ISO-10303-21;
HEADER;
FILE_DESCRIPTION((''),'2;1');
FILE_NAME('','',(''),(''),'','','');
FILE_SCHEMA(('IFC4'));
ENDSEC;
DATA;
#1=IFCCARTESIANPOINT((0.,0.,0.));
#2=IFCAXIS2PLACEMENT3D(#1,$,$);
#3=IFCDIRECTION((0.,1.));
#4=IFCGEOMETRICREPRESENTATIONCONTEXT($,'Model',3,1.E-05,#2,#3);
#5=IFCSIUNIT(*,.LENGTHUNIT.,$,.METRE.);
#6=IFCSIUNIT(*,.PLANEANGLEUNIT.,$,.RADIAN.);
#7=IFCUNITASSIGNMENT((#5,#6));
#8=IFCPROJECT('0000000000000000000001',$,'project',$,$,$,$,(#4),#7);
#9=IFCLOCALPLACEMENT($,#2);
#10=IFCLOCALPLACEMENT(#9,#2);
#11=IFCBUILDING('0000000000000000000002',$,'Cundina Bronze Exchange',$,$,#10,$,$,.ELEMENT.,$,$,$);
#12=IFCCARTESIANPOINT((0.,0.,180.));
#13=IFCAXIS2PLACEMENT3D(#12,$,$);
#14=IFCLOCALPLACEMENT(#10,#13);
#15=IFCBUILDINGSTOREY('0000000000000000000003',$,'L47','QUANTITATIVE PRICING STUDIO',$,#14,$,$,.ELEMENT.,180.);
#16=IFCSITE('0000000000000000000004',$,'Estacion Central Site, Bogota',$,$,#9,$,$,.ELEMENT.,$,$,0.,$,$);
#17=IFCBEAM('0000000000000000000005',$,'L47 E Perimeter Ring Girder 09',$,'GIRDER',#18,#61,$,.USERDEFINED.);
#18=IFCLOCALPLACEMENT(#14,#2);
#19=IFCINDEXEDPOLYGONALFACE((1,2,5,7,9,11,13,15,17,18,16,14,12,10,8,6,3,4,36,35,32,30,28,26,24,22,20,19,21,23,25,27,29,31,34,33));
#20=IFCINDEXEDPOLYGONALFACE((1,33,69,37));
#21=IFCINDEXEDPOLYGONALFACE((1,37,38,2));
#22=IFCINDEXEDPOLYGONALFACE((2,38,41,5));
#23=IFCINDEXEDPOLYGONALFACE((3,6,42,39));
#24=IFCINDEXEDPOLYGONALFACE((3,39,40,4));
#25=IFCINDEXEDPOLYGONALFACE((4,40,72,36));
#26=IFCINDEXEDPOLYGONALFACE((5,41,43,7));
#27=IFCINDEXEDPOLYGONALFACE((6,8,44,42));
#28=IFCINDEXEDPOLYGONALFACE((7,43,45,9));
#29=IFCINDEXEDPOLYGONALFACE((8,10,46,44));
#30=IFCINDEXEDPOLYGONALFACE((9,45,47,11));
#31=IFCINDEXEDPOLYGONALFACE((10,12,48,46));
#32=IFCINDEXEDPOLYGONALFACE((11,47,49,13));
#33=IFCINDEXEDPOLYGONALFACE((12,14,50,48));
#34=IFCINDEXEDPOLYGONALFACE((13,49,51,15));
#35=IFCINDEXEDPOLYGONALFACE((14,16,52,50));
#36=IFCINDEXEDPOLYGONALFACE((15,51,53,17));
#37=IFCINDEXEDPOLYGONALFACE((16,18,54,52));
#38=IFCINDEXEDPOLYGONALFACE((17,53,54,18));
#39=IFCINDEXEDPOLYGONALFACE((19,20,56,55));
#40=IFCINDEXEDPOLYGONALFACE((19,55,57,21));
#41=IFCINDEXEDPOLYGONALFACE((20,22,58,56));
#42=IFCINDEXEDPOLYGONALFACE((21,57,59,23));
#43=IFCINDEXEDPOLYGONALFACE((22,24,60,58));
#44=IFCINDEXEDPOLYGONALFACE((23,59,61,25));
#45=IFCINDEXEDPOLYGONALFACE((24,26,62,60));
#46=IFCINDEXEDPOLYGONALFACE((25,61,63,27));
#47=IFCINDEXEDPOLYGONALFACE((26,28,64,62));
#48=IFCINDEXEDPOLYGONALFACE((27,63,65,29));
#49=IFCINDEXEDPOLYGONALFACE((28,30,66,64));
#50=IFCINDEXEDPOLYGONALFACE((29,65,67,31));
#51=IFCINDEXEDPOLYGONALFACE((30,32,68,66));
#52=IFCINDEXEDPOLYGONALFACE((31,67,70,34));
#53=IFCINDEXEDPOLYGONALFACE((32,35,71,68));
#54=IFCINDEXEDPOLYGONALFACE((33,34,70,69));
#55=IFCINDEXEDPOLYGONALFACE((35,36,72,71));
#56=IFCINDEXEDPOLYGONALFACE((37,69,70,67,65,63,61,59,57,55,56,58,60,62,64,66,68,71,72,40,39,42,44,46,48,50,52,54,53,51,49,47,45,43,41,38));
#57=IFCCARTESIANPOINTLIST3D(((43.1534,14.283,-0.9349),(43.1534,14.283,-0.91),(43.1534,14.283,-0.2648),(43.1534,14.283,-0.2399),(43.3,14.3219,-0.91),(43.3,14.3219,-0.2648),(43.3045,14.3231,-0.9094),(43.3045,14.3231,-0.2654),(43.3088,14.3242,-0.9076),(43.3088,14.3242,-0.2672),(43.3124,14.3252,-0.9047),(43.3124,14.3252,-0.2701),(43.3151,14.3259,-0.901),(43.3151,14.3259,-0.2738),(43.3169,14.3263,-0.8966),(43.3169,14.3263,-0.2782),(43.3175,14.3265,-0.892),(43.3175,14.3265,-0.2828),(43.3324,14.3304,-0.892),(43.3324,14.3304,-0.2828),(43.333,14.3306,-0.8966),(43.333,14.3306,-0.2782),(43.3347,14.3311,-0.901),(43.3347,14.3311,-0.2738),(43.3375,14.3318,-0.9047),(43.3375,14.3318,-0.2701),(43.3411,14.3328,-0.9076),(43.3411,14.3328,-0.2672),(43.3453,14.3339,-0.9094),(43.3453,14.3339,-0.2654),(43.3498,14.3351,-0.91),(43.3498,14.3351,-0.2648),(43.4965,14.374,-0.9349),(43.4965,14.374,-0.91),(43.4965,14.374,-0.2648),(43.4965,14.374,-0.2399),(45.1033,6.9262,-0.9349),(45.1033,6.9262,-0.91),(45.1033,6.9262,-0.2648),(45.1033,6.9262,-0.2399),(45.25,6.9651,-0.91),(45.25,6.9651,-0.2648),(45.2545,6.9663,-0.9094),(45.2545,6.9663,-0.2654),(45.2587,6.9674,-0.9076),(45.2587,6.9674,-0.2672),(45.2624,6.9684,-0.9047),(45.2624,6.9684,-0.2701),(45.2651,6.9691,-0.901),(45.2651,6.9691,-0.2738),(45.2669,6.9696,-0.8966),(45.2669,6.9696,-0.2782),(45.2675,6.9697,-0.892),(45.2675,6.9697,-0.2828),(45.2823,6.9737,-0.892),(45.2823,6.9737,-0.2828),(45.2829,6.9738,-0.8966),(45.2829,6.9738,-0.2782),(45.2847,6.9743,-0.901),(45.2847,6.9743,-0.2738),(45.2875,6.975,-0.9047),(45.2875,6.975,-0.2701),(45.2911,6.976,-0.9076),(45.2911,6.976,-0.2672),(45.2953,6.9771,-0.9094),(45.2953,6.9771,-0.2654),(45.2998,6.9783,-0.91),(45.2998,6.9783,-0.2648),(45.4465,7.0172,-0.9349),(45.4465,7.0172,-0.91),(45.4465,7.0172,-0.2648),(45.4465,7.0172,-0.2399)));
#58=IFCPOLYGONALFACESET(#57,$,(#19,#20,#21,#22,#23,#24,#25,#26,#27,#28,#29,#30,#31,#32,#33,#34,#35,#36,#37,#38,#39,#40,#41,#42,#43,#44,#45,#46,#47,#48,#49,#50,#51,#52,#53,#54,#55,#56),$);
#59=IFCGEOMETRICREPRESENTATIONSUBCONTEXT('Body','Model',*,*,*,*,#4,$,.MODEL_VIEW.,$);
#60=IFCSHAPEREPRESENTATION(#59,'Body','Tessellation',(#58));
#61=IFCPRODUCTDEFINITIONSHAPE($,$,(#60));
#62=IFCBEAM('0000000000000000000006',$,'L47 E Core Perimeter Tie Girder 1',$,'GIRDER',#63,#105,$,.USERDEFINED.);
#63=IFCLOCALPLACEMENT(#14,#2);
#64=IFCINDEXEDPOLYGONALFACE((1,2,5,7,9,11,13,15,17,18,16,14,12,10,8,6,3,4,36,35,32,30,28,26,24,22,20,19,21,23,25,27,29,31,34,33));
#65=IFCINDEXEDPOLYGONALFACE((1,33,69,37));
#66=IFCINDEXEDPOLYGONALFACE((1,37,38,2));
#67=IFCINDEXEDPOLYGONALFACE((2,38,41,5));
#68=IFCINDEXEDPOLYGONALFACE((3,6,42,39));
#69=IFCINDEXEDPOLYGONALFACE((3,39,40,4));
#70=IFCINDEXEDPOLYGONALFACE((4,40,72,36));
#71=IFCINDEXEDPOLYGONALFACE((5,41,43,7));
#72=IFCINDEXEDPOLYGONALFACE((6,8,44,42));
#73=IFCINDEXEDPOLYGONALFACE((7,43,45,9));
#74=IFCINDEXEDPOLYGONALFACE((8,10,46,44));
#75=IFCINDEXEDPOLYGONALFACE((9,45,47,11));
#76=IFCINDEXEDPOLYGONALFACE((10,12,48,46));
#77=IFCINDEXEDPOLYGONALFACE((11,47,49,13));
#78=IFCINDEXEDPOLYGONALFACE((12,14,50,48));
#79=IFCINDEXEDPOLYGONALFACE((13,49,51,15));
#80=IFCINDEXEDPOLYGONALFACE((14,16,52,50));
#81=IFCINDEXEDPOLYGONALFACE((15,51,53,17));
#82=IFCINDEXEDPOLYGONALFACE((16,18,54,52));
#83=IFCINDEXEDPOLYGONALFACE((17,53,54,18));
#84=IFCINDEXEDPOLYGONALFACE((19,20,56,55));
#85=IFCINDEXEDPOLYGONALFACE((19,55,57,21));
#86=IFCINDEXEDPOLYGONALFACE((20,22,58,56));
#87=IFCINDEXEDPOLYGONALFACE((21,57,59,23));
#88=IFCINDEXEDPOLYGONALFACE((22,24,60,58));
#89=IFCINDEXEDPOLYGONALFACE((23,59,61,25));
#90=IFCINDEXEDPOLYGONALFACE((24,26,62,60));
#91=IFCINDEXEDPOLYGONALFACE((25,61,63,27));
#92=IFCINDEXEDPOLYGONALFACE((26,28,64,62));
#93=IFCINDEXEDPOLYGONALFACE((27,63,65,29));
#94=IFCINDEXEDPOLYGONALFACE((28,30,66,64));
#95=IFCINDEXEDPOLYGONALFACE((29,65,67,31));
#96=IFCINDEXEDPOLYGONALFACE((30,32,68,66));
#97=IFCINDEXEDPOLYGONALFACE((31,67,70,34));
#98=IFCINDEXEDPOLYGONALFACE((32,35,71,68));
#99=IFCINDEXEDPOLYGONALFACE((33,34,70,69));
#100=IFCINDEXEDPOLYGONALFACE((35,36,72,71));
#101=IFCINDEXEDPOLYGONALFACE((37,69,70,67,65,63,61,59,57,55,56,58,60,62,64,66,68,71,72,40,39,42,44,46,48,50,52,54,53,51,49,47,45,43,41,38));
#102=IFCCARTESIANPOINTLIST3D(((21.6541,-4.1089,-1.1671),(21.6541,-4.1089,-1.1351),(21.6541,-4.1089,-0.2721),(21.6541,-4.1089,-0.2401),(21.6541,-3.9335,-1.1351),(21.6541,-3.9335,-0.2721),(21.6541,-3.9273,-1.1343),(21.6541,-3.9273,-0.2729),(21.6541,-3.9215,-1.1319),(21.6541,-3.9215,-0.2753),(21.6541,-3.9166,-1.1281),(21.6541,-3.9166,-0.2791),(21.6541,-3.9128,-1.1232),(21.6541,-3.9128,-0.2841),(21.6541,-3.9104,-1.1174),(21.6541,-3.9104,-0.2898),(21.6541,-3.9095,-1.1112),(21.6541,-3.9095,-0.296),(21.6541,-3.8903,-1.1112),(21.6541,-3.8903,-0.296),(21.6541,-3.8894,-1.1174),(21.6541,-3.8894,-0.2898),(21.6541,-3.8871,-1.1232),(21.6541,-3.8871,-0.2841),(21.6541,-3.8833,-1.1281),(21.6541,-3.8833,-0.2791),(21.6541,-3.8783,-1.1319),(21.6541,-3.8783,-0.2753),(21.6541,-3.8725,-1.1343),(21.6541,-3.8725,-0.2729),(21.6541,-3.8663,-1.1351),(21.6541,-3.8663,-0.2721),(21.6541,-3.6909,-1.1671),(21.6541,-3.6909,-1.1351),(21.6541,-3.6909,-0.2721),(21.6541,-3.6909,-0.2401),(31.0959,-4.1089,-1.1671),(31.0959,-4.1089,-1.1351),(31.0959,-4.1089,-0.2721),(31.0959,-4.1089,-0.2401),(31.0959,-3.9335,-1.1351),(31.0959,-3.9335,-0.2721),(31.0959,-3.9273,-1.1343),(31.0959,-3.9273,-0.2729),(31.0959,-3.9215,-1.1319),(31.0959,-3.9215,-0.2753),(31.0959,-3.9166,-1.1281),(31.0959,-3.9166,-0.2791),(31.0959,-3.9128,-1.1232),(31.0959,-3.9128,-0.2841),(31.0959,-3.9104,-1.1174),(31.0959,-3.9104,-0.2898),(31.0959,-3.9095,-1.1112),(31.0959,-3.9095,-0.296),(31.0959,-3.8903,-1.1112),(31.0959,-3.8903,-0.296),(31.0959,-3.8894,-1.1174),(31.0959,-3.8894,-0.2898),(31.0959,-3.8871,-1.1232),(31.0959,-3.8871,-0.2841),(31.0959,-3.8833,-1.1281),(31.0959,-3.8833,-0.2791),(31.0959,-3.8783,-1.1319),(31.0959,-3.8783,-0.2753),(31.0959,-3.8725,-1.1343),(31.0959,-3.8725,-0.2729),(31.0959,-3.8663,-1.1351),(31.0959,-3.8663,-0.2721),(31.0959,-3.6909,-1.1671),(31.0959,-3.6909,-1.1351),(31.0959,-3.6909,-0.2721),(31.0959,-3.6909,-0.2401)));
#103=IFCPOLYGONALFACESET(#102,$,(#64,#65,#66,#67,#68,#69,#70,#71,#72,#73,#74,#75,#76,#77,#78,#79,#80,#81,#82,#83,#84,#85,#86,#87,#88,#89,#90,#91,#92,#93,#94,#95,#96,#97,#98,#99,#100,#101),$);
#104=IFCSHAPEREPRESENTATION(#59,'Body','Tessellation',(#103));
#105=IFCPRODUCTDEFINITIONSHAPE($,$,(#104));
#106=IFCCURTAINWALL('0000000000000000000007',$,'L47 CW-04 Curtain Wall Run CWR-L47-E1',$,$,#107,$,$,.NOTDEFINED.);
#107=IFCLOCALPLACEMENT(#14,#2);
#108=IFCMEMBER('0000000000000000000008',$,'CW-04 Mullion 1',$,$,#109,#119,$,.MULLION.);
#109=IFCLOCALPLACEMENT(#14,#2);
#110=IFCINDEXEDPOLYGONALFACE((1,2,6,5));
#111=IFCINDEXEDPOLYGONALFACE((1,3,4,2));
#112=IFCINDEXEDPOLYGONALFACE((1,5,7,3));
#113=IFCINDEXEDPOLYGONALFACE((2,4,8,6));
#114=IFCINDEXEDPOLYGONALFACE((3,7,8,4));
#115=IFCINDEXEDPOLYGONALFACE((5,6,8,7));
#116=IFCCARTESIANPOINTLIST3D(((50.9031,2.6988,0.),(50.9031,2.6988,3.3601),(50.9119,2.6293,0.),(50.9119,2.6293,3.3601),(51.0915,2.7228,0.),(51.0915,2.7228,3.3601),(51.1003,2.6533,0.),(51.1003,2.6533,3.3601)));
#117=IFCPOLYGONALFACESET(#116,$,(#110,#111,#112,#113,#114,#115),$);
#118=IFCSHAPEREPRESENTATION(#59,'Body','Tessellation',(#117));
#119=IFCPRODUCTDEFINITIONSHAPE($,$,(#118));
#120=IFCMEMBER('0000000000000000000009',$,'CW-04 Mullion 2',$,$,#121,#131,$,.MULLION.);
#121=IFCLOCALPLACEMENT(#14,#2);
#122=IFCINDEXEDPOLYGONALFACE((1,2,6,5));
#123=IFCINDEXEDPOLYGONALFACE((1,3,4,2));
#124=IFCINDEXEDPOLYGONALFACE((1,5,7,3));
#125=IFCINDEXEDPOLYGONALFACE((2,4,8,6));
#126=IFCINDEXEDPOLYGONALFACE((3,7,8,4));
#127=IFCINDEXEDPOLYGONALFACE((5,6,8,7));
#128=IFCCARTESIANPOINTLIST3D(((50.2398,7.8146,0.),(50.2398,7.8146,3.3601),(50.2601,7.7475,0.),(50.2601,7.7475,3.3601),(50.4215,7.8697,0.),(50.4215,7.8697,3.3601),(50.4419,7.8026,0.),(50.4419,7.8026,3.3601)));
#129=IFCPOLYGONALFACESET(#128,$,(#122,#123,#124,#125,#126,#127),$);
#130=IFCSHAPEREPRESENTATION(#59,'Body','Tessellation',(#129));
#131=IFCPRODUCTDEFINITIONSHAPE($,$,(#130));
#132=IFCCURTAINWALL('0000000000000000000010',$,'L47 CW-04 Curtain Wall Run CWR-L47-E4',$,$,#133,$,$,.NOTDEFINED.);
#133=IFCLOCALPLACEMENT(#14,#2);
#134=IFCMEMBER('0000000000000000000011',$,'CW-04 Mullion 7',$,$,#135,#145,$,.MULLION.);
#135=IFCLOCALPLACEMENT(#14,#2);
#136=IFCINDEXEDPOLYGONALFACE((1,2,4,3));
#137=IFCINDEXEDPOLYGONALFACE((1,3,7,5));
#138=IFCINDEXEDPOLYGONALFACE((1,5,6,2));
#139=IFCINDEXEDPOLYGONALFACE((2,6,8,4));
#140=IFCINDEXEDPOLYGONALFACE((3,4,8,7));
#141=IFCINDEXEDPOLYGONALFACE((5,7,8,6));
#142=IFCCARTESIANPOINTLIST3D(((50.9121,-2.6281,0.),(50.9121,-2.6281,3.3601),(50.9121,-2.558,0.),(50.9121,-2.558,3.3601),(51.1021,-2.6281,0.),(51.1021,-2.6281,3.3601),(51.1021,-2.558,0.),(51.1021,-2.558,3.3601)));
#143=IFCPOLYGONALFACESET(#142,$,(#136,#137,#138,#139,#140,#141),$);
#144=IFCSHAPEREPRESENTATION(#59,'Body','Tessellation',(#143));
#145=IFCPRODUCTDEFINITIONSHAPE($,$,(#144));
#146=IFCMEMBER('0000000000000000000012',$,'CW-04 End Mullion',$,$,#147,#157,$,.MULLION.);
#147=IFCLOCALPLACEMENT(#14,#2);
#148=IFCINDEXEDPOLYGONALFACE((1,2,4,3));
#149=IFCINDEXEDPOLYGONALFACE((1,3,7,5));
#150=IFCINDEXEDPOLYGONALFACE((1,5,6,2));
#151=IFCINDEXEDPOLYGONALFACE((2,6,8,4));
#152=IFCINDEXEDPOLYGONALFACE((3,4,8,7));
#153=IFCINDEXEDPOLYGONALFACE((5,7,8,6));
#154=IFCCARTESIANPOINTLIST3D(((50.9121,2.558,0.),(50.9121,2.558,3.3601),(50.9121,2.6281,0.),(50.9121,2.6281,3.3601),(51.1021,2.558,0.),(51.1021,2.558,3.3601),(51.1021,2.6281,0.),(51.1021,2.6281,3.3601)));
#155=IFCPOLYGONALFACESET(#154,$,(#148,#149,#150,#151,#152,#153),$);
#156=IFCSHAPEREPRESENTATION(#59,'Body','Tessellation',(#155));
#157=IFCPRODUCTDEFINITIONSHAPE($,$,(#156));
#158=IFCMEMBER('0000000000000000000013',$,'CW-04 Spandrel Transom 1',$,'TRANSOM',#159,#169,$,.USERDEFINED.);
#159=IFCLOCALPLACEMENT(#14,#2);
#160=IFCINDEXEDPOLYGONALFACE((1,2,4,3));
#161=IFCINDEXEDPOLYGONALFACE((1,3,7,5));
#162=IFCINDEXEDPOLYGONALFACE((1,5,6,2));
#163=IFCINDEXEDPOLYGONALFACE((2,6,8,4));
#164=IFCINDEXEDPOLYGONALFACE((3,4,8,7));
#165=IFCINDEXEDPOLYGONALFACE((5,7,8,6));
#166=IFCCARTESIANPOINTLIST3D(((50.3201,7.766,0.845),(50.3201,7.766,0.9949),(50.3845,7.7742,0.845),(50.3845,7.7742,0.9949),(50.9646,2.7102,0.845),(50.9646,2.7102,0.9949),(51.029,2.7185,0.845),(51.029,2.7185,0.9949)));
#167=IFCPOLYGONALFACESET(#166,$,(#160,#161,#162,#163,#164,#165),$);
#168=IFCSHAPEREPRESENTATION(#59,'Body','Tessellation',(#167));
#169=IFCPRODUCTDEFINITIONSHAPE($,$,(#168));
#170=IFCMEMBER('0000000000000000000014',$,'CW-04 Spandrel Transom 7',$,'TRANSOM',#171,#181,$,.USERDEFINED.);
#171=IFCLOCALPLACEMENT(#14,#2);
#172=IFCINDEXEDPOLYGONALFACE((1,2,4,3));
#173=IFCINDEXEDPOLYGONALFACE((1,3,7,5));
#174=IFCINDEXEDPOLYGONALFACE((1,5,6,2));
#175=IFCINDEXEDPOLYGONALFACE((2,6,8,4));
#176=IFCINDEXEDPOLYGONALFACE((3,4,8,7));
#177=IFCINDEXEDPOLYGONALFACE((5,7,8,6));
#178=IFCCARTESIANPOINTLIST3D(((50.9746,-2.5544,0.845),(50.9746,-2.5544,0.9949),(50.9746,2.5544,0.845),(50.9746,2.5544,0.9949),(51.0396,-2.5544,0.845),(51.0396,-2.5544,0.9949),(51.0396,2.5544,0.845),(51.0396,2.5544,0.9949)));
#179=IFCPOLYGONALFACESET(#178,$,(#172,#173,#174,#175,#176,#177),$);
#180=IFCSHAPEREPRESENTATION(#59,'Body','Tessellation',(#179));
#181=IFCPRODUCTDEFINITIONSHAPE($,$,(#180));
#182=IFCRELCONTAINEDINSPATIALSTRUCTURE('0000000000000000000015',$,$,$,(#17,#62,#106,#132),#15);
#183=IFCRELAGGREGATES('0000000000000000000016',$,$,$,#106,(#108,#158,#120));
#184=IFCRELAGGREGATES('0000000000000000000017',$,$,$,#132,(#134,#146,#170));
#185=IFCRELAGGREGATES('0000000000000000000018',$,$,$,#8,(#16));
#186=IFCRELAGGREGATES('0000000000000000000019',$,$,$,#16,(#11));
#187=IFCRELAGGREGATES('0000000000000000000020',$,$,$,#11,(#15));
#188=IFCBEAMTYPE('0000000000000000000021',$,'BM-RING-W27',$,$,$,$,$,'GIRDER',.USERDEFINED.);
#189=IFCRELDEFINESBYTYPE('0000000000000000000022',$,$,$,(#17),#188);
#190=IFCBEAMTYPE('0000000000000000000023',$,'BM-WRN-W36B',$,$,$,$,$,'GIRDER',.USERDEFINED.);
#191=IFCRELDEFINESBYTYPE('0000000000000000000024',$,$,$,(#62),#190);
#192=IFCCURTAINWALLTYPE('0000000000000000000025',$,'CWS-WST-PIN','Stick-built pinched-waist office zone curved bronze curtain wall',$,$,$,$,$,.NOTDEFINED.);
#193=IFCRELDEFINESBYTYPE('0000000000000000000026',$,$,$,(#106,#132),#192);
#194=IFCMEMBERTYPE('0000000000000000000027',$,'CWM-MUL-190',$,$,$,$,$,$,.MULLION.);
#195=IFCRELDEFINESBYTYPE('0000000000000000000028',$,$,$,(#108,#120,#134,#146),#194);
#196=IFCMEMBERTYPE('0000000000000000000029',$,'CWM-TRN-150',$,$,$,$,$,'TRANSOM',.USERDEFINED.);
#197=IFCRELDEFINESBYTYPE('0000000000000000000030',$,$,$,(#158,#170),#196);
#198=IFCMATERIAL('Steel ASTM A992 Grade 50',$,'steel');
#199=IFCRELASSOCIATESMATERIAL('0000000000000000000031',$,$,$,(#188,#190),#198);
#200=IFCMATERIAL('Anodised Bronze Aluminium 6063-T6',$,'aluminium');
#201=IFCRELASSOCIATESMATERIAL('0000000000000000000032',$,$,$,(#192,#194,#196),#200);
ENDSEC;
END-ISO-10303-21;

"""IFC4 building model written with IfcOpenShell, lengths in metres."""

from ifc_helpers import new_model, si_unit, direction, frame, origin, origin_2d, place, context, subcontext, project, spatial, rectangle, i_section, extrude, material, material_profile, profile_set, type_object, element, aggregate, save


model = new_model("IFC4")

# Units and contexts
model_context = context("Model", 3, precision=1e-05, world=origin(), true_north=direction((0.0, 1.0)))
body_context = subcontext(model_context, "Body", "Model", "MODEL_VIEW")
ifc_project = project(units=[si_unit("LENGTHUNIT", "METRE"), si_unit("PLANEANGLEUNIT", "RADIAN")], contexts=[model_context])

# Site, building, storey
site_placement = place(None, origin())
site = spatial("IfcSite", under=ifc_project, at=site_placement, Name="Estacion Central Site, Bogota", CompositionType="ELEMENT", RefElevation=0.0)
building_placement = place(site_placement, origin())
building = spatial("IfcBuilding", under=site, at=building_placement, Name="Cundina Bronze Exchange", CompositionType="ELEMENT")
storey_placement = place(building_placement, frame((0.0, 0.0, 180.0)))
storey = spatial("IfcBuildingStorey", under=building, at=storey_placement, Name="L47", Description="QUANTITATIVE PRICING STUDIO", CompositionType="ELEMENT", Elevation=180.0)

# Shared definitions
ifc_material_1 = material(Name="Steel ASTM A992 Grade 50", Category="steel")

# Beams
ifc_material_profile_1 = material_profile(ifc_material_1, i_section(OverallWidth=0.355, OverallDepth=0.6951, WebThickness=0.0154, FlangeThickness=0.0249, FilletRadius=0.0181, at=origin_2d()), Name="W27X146", Category="steel")
ifc_profile_set_1 = profile_set([ifc_material_profile_1], Name="Steel ASTM A992 Grade 50")
beam_type_1 = type_object("IfcBeamType", Name="BM-RING-W27", ElementType="GIRDER", PredefinedType="USERDEFINED", material=ifc_profile_set_1)
for number, where, z_axis, x_axis, name in (
    (1, (45.2749, 6.9717, -0.5874), (-0.256211, 0.966621, 0.0), (-0.966621, -0.256211, 0.0), "L47 E Perimeter Ring Girder 09"),
):
    element("IfcBeam", number, at=place(storey_placement, frame(where, z_axis=z_axis, x_axis=x_axis)), inside=storey, type_object=beam_type_1, Name=name, ObjectType="GIRDER", PredefinedType="USERDEFINED", context=body_context, shape_type="SweptSolid", body=[
        extrude(i_section(OverallWidth=0.355, OverallDepth=0.6951, WebThickness=0.0154, FlangeThickness=0.0249, FilletRadius=0.0181, at=origin_2d()), origin(), (0.0, 0.0, 1.0), 7.6108),
    ])
ifc_material_profile_2 = material_profile(ifc_material_1, i_section(OverallWidth=0.418, OverallDepth=0.927, WebThickness=0.0193, FlangeThickness=0.032, FilletRadius=0.0239, at=origin_2d()), Name="W36X231", Category="steel")
ifc_profile_set_2 = profile_set([ifc_material_profile_2], Name="Steel ASTM A992 Grade 50")
beam_type_2 = type_object("IfcBeamType", Name="BM-WRN-W36B", ElementType="GIRDER", PredefinedType="USERDEFINED", material=ifc_profile_set_2)
beam_1_placement = place(storey_placement, frame((31.0959, -3.8999, -0.7036), z_axis=(-1.0, 0.0, 0.0), x_axis=(0.0, -1.0, 0.0)))
element("IfcBeam", 2, at=beam_1_placement, inside=storey, type_object=beam_type_2, Name="L47 E Core Perimeter Tie Girder 1", ObjectType="GIRDER", PredefinedType="USERDEFINED", context=body_context, shape_type="SweptSolid", body=[
    extrude(i_section(OverallWidth=0.418, OverallDepth=0.927, WebThickness=0.0193, FlangeThickness=0.032, FilletRadius=0.0239, at=origin_2d()), origin(), (0.0, 0.0, 1.0), 9.4419),
])

# Curtain walls, members
ifc_material_2 = material(Name="Anodised Bronze Aluminium 6063-T6", Category="aluminium")
curtain_wall_type = type_object("IfcCurtainWallType", Name="CWS-WST-PIN", Description="Stick-built pinched-waist office zone curved bronze curtain wall", PredefinedType="NOTDEFINED", material=ifc_material_2)
curtain_wall_1_placement = place(storey_placement, origin())
curtain_wall_1 = element("IfcCurtainWall", 3, at=curtain_wall_1_placement, inside=storey, type_object=curtain_wall_type, Name="L47 CW-04 Curtain Wall Run CWR-L47-E1", PredefinedType="NOTDEFINED")
ifc_material_profile_3 = material_profile(ifc_material_2, rectangle(XDim=0.0701, YDim=0.1899, at=origin_2d()), Name="AL70X190", Category="aluminium")
ifc_profile_set_3 = profile_set([ifc_material_profile_3], Name="Anodised Bronze Aluminium 6063-T6")
member_type_1 = type_object("IfcMemberType", Name="CWM-MUL-190", PredefinedType="MULLION", material=ifc_profile_set_3)
member_1_placement = place(storey_placement, frame((51.0017, 2.676, 0.0), z_axis=(0.0, 0.0, 1.0), x_axis=(-0.126545, 0.991961, 0.0)))
member_1 = element("IfcMember", 4, at=member_1_placement, type_object=member_type_1, Name="CW-04 Mullion 1", PredefinedType="MULLION", context=body_context, shape_type="SweptSolid", body=[
    extrude(rectangle(XDim=0.0701, YDim=0.1899, at=origin_2d()), origin(), (0.0, 0.0, 1.0), 3.3601),
])
member_2_placement = place(storey_placement, frame((50.3408, 7.8086, 0.0), z_axis=(0.0, 0.0, 1.0), x_axis=(-0.290034, 0.957016, 0.0)))
member_2 = element("IfcMember", 5, at=member_2_placement, type_object=member_type_1, Name="CW-04 Mullion 2", PredefinedType="MULLION", context=body_context, shape_type="SweptSolid", body=[
    extrude(rectangle(XDim=0.0701, YDim=0.1899, at=origin_2d()), origin(), (0.0, 0.0, 1.0), 3.3601),
])
curtain_wall_2_placement = place(storey_placement, origin())
curtain_wall_2 = element("IfcCurtainWall", 6, at=curtain_wall_2_placement, inside=storey, type_object=curtain_wall_type, Name="L47 CW-04 Curtain Wall Run CWR-L47-E4", PredefinedType="NOTDEFINED")
member_3_placement = place(storey_placement, frame((51.0071, -2.593, 0.0), z_axis=(0.0, 0.0, 1.0), x_axis=(0.0, 1.0, 0.0)))
member_3 = element("IfcMember", 7, at=member_3_placement, type_object=member_type_1, Name="CW-04 Mullion 7", PredefinedType="MULLION", context=body_context, shape_type="SweptSolid", body=[
    extrude(rectangle(XDim=0.0701, YDim=0.1899, at=origin_2d()), origin(), (0.0, 0.0, 1.0), 3.3601),
])
member_4_placement = place(storey_placement, frame((51.0071, 2.593, 0.0), z_axis=(0.0, 0.0, 1.0), x_axis=(0.0, 1.0, 0.0)))
member_4 = element("IfcMember", 8, at=member_4_placement, type_object=member_type_1, Name="CW-04 End Mullion", PredefinedType="MULLION", context=body_context, shape_type="SweptSolid", body=[
    extrude(rectangle(XDim=0.0701, YDim=0.1899, at=origin_2d()), origin(), (0.0, 0.0, 1.0), 3.3601),
])

# Members
ifc_material_profile_4 = material_profile(ifc_material_2, rectangle(XDim=0.0649, YDim=0.1499, at=origin_2d()), Name="AL65X150", Category="aluminium")
ifc_profile_set_4 = profile_set([ifc_material_profile_4], Name="Anodised Bronze Aluminium 6063-T6")
member_type_2 = type_object("IfcMemberType", Name="CWM-TRN-150", ElementType="TRANSOM", PredefinedType="USERDEFINED", material=ifc_profile_set_4)
member_5_placement = place(storey_placement, frame((50.9968, 2.7144, 0.9199), z_axis=(-0.126463, 0.991971, 0.0), x_axis=(-0.991971, -0.126463, 0.0)))
member_5 = element("IfcMember", 9, at=member_5_placement, type_object=member_type_2, Name="CW-04 Spandrel Transom 1", ObjectType="TRANSOM", PredefinedType="USERDEFINED", context=body_context, shape_type="SweptSolid", body=[
    extrude(rectangle(XDim=0.0649, YDim=0.1499, at=origin_2d()), origin(), (0.0, 0.0, 1.0), 5.0967),
])
member_6_placement = place(storey_placement, frame((51.0071, -2.5544, 0.9199), z_axis=(0.0, 1.0, 0.0), x_axis=(-1.0, 0.0, 0.0)))
member_6 = element("IfcMember", 10, at=member_6_placement, type_object=member_type_2, Name="CW-04 Spandrel Transom 7", ObjectType="TRANSOM", PredefinedType="USERDEFINED", context=body_context, shape_type="SweptSolid", body=[
    extrude(rectangle(XDim=0.0649, YDim=0.1499, at=origin_2d()), origin(), (0.0, 0.0, 1.0), 5.1089),
])

aggregate(curtain_wall_1, [member_1, member_5, member_2])
aggregate(curtain_wall_2, [member_3, member_4, member_6])

save(model, "model.ifc")
